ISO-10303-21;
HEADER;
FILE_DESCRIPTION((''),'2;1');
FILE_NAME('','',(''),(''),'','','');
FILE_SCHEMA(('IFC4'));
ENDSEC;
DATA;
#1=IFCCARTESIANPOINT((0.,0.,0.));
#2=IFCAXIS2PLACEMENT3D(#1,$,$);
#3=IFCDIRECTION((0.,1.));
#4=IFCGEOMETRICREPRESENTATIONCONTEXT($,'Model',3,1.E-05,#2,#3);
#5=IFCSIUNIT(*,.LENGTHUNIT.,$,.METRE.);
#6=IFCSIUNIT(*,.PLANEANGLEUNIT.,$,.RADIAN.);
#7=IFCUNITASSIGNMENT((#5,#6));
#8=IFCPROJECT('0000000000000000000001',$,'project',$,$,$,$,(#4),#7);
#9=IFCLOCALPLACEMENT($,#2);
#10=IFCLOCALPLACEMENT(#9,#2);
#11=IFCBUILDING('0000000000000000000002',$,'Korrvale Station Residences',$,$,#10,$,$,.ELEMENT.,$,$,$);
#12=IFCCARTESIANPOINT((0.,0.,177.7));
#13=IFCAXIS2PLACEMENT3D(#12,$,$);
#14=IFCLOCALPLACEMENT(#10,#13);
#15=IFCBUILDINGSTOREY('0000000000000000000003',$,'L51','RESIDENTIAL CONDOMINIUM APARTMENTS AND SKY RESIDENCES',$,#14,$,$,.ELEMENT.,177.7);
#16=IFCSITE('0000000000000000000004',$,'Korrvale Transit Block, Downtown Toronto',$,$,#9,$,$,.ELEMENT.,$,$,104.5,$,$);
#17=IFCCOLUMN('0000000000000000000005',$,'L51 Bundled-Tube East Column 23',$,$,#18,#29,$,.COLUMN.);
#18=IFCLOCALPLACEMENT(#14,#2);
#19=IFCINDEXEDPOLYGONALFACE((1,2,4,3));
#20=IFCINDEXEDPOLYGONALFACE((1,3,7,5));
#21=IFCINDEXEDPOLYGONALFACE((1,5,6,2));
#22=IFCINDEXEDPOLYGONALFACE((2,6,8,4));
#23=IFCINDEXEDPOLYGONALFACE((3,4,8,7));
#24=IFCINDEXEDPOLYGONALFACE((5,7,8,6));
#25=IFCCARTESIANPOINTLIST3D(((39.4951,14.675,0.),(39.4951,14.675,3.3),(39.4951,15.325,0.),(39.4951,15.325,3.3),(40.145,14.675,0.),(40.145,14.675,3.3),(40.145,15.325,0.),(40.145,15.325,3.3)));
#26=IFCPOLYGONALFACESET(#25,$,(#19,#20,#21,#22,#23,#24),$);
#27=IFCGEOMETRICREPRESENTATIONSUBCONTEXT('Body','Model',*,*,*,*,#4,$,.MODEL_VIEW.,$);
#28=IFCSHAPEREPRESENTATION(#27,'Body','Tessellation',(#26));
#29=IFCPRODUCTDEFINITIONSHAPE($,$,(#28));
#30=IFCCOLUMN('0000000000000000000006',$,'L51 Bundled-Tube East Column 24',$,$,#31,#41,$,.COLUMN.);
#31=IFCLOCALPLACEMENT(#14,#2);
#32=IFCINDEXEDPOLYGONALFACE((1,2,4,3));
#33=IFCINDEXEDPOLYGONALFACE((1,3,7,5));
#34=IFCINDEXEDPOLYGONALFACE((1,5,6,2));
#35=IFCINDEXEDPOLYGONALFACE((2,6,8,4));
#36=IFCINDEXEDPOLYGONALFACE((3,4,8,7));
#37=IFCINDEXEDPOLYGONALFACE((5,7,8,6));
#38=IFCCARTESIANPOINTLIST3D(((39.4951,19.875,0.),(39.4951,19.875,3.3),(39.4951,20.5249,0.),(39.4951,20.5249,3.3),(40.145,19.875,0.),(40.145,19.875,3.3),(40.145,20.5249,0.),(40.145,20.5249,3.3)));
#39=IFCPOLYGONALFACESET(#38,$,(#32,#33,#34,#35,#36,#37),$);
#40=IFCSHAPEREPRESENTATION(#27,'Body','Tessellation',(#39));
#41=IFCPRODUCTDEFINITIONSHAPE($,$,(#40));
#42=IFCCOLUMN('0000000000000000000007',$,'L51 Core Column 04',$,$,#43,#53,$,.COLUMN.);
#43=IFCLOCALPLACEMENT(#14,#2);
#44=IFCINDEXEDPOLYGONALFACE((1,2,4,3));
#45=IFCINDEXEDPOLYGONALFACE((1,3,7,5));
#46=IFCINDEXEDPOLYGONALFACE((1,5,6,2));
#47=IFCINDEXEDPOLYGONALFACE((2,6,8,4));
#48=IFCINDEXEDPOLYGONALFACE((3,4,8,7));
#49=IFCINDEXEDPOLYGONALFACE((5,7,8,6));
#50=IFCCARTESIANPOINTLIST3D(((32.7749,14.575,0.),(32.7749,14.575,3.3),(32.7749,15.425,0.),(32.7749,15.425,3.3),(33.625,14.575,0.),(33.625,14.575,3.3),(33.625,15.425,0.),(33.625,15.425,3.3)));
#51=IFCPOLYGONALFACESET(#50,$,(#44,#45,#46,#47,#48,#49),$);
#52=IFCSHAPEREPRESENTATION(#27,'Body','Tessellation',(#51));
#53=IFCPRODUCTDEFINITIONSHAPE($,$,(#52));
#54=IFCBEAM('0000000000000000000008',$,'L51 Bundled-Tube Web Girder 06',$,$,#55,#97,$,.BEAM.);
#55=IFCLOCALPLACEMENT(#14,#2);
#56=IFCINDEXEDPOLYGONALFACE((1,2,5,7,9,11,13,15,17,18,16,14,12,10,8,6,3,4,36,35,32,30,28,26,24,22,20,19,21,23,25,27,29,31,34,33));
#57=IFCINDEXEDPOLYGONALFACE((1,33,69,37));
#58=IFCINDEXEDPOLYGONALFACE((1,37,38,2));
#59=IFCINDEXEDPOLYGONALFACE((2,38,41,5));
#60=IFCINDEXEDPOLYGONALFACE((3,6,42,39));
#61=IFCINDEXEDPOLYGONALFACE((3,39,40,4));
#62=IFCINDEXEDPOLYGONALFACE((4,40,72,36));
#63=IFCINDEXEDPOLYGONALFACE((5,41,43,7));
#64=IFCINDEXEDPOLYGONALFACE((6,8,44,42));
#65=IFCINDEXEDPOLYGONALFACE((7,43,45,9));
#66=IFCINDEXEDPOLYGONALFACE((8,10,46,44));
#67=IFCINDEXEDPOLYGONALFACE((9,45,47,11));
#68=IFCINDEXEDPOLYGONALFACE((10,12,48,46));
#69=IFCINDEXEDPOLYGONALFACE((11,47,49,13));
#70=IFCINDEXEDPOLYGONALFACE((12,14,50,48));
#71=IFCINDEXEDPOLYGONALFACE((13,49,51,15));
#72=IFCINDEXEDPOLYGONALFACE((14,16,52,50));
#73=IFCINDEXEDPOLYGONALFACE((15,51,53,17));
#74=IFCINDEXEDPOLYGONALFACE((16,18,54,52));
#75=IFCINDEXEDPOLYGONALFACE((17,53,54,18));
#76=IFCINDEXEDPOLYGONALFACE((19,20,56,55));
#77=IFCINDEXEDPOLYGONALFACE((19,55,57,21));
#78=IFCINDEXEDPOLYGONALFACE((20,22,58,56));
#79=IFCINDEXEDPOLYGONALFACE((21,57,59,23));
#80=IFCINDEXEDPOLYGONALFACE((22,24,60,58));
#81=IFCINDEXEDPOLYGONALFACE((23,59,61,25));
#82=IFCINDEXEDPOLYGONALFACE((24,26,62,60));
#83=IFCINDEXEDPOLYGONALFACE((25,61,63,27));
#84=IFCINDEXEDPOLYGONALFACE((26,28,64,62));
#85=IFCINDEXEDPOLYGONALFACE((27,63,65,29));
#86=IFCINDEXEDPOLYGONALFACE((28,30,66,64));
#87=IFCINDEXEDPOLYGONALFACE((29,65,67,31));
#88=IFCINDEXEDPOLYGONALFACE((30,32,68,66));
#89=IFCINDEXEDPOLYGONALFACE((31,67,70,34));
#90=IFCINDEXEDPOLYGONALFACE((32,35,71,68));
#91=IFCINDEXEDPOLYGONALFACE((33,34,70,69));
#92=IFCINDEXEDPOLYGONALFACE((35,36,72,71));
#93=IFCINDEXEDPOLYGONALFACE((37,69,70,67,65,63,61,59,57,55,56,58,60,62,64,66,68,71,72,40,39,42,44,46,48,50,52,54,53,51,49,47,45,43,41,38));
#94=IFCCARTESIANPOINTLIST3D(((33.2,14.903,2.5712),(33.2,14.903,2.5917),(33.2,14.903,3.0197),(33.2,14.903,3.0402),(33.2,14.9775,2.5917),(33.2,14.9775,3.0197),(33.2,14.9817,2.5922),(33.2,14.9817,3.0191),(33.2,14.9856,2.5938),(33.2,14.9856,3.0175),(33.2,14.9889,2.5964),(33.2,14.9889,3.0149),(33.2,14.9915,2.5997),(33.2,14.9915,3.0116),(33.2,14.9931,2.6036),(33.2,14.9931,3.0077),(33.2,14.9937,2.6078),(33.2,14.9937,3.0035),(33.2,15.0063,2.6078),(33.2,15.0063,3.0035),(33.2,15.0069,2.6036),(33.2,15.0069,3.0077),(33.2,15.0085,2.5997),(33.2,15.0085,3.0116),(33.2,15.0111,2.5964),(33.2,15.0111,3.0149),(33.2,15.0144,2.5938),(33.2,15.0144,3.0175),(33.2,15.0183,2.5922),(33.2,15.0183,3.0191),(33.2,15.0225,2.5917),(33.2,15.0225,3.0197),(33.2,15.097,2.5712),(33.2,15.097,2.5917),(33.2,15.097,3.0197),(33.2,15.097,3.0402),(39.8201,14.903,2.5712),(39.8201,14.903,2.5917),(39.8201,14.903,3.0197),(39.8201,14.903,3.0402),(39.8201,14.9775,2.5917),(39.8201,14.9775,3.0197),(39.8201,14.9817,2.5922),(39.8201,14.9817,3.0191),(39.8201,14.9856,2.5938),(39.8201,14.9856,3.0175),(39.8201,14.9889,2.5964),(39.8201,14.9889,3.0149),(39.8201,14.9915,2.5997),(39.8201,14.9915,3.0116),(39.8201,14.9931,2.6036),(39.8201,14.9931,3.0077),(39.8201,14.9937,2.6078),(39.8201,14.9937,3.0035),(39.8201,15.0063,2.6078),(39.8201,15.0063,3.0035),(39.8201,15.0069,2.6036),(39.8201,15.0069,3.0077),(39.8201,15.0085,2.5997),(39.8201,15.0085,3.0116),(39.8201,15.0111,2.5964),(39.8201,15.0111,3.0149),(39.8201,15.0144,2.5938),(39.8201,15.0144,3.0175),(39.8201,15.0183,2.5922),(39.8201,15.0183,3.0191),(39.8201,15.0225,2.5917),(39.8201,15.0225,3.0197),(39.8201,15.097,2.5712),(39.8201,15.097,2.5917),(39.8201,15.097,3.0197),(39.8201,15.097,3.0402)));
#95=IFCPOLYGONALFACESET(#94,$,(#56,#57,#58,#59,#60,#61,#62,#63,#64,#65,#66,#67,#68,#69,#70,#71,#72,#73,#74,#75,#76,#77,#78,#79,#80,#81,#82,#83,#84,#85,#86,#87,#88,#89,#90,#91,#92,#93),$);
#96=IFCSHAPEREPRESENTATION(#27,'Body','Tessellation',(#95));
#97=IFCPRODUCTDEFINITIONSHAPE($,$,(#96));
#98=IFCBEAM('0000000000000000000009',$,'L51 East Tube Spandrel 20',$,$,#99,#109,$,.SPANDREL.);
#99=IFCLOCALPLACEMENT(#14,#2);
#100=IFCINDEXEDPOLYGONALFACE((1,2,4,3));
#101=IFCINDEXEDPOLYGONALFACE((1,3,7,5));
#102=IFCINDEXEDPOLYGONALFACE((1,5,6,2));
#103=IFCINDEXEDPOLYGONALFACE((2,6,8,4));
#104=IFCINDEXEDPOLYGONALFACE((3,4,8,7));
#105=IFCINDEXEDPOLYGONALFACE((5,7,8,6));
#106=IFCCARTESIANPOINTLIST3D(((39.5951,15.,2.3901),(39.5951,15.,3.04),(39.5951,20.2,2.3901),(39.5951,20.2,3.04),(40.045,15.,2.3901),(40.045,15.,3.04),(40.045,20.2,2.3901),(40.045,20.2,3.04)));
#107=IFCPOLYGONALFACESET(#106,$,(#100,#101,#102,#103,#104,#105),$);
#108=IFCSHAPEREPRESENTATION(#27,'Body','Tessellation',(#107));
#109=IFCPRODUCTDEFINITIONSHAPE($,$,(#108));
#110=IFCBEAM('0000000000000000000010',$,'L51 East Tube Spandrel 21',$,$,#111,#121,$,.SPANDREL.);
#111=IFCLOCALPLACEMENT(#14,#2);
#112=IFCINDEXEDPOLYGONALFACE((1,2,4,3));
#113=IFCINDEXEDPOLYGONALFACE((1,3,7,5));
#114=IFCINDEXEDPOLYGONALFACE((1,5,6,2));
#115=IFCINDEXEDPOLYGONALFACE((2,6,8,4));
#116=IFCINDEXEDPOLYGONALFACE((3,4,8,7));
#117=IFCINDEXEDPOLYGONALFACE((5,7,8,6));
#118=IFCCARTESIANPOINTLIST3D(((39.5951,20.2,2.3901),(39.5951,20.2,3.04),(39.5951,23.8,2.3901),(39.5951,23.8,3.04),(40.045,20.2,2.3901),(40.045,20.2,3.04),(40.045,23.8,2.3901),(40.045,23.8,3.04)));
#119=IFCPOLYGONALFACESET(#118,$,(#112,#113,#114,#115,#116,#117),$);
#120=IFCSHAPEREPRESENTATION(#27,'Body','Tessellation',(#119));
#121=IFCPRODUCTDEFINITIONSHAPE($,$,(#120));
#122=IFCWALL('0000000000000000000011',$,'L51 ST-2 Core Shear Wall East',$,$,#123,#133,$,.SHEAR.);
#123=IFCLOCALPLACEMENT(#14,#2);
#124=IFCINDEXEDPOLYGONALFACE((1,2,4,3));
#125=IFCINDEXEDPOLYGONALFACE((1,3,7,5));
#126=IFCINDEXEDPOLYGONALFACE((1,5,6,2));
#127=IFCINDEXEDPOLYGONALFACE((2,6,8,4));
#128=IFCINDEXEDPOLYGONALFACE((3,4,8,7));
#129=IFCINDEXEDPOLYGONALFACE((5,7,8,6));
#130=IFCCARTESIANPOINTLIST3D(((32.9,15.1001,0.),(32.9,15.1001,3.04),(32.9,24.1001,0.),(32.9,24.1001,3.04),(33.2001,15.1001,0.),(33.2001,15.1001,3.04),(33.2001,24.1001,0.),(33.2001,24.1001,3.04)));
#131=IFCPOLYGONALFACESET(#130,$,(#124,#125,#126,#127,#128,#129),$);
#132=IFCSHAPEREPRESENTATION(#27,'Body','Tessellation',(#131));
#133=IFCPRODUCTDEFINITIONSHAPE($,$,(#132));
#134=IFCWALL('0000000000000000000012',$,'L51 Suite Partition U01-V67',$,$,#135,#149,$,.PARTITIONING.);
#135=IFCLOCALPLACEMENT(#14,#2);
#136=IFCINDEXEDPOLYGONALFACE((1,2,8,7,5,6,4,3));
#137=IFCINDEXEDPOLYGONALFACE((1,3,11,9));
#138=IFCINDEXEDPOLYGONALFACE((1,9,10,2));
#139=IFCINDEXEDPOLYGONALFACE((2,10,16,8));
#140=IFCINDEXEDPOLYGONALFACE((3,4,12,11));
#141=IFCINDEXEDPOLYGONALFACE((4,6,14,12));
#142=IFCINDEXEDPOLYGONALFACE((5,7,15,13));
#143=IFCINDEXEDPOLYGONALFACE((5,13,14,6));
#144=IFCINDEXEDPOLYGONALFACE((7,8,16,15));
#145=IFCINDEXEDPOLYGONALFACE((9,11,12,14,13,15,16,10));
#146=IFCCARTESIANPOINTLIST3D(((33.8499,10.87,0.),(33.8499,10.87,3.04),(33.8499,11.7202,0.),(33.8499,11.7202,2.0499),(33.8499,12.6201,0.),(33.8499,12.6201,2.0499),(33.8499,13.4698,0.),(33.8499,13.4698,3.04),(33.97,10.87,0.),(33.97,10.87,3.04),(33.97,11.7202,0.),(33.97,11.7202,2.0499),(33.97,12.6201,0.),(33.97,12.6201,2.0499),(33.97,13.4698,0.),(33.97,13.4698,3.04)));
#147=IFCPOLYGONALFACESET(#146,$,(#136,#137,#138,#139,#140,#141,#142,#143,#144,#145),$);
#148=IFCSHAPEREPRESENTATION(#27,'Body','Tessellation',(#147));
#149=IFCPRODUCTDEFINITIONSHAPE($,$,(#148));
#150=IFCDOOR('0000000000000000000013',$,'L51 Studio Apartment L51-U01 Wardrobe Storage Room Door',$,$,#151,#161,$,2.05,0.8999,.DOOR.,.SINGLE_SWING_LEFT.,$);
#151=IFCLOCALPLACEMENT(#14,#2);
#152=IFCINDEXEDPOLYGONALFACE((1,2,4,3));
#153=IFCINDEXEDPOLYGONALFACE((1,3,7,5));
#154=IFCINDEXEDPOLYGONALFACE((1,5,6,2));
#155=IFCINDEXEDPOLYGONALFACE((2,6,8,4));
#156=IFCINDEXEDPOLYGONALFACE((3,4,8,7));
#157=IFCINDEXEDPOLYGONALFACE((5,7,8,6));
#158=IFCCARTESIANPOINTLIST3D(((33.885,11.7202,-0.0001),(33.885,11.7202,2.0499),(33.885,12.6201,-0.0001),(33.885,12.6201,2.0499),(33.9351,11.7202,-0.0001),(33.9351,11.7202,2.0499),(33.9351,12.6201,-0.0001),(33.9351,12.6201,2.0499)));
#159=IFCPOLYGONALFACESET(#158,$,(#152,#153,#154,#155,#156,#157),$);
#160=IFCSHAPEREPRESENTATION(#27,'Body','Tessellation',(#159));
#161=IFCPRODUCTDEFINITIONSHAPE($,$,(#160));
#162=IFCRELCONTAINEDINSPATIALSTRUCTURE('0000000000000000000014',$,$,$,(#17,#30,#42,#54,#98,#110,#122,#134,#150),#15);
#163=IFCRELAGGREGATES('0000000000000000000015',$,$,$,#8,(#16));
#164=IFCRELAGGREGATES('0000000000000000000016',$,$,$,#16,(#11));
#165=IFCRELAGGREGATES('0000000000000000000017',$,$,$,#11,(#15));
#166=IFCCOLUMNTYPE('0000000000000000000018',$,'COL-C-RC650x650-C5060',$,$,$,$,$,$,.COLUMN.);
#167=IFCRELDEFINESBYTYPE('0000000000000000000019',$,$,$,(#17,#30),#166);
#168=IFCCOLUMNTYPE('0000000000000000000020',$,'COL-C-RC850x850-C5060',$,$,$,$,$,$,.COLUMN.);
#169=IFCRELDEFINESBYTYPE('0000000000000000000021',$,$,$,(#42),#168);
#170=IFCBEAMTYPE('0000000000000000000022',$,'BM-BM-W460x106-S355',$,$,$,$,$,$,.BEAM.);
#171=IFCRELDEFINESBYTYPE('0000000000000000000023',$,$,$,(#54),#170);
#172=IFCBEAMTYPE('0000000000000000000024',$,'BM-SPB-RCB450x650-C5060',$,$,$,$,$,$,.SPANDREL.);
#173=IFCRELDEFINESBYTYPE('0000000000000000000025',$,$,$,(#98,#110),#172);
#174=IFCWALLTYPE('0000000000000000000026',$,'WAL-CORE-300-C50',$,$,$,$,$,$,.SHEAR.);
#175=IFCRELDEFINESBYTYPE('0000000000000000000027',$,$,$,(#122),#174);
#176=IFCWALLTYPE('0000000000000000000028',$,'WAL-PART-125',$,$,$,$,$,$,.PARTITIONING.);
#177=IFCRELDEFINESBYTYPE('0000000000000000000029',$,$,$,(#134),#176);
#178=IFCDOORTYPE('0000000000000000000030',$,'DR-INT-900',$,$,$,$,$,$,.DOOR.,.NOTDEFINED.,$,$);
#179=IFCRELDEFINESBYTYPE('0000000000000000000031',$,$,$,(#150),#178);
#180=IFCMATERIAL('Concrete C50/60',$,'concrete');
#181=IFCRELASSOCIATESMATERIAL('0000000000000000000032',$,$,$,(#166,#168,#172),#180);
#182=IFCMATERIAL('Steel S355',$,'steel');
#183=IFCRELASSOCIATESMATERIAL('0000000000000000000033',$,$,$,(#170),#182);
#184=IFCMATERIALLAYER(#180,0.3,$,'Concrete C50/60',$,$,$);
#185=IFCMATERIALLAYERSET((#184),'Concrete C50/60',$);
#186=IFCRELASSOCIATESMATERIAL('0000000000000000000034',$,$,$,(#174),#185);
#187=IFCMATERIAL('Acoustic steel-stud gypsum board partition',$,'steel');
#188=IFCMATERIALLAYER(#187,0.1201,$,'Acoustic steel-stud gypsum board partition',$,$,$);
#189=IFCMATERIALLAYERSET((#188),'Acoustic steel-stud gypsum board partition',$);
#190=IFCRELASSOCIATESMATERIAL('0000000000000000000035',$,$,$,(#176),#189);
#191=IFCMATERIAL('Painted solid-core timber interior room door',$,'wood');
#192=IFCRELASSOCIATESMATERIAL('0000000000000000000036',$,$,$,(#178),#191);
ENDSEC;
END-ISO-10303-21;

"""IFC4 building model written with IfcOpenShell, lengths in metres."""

from ifc_helpers import new_model, si_unit, direction, frame, frame_2d, origin, origin_2d, place, context, subcontext, project, spatial, rectangle, i_section, extrude, material, layer, layer_set, material_profile, profile_set, type_object, element, fill, save


model = new_model("IFC4")

# Units and contexts
model_context = context("Model", 3, precision=1e-05, world=origin(), true_north=direction((0.0, 1.0)))
body_context = subcontext(model_context, "Body", "Model", "MODEL_VIEW")
ifc_project = project(units=[si_unit("LENGTHUNIT", "METRE"), si_unit("PLANEANGLEUNIT", "RADIAN")], contexts=[model_context])

# Site, building, storey
site_placement = place(None, origin())
site = spatial("IfcSite", under=ifc_project, at=site_placement, Name="Korrvale Transit Block, Downtown Toronto", CompositionType="ELEMENT", RefElevation=104.5)
building_placement = place(site_placement, origin())
building = spatial("IfcBuilding", under=site, at=building_placement, Name="Korrvale Station Residences", CompositionType="ELEMENT")
storey_placement = place(building_placement, frame((0.0, 0.0, 177.7)))
storey = spatial("IfcBuildingStorey", under=building, at=storey_placement, Name="L51", Description="RESIDENTIAL CONDOMINIUM APARTMENTS AND SKY RESIDENCES", CompositionType="ELEMENT", Elevation=177.7)

# Columns
ifc_material_1 = material(Name="Concrete C50/60", Category="concrete")
ifc_material_profile_1 = material_profile(ifc_material_1, rectangle(XDim=0.6499, YDim=0.6499, at=origin_2d()), Name="RC650x650")
ifc_profile_set_1 = profile_set([ifc_material_profile_1], Name="Concrete C50/60")
column_type_1 = type_object("IfcColumnType", Name="COL-C-RC650x650-C5060", PredefinedType="COLUMN", material=ifc_profile_set_1)
for number, where, z_axis, x_axis, name in (
    (1, (39.8201, 15.0, 0.0), (0.0, 0.0, 1.0), (1.0, 0.0, 0.0), "L51 Bundled-Tube East Column 23"),
    (2, (39.8201, 20.2, 0.0), (0.0, 0.0, 1.0), (1.0, 0.0, 0.0), "L51 Bundled-Tube East Column 24"),
):
    element("IfcColumn", number, at=place(storey_placement, frame(where, z_axis=z_axis, x_axis=x_axis)), inside=storey, type_object=column_type_1, Name=name, PredefinedType="COLUMN", context=body_context, shape_type="SweptSolid", body=[
        extrude(rectangle(XDim=0.6499, YDim=0.6499, at=origin_2d()), origin(), (0.0, 0.0, 1.0), 3.3),
    ])
ifc_material_profile_2 = material_profile(ifc_material_1, rectangle(XDim=0.8501, YDim=0.8501, at=origin_2d()), Name="RC850x850")
ifc_profile_set_2 = profile_set([ifc_material_profile_2], Name="Concrete C50/60")
column_type_2 = type_object("IfcColumnType", Name="COL-C-RC850x850-C5060", PredefinedType="COLUMN", material=ifc_profile_set_2)
column_placement = place(storey_placement, frame((33.2, 15.0, 0.0), z_axis=(0.0, 0.0, 1.0), x_axis=(1.0, 0.0, 0.0)))
element("IfcColumn", 3, at=column_placement, inside=storey, type_object=column_type_2, Name="L51 Core Column 04", PredefinedType="COLUMN", context=body_context, shape_type="SweptSolid", body=[
    extrude(rectangle(XDim=0.8501, YDim=0.8501, at=origin_2d()), origin(), (0.0, 0.0, 1.0), 3.3),
])

# Beams
ifc_material_2 = material(Name="Steel S355", Category="steel")
ifc_material_profile_3 = material_profile(ifc_material_2, i_section(OverallWidth=0.1941, OverallDepth=0.469, WebThickness=0.0127, FlangeThickness=0.0205, FilletRadius=0.0161, at=origin_2d()), Name="W460x106")
ifc_profile_set_3 = profile_set([ifc_material_profile_3], Name="Steel S355")
beam_type_1 = type_object("IfcBeamType", Name="BM-BM-W460x106-S355", PredefinedType="BEAM", material=ifc_profile_set_3)
beam_1_placement = place(storey_placement, frame((33.2, 15.0, 2.8057), z_axis=(1.0, 0.0, 0.0), x_axis=(0.0, 1.0, 0.0)))
element("IfcBeam", 4, at=beam_1_placement, inside=storey, type_object=beam_type_1, Name="L51 Bundled-Tube Web Girder 06", PredefinedType="BEAM", context=body_context, shape_type="SweptSolid", body=[
    extrude(i_section(OverallWidth=0.1941, OverallDepth=0.469, WebThickness=0.0127, FlangeThickness=0.0205, FilletRadius=0.0161, at=origin_2d()), origin(), (0.0, 0.0, 1.0), 6.6201),
])
ifc_material_profile_4 = material_profile(ifc_material_1, rectangle(XDim=0.45, YDim=0.6499, at=origin_2d()), Name="RCB450x650")
ifc_profile_set_4 = profile_set([ifc_material_profile_4], Name="Concrete C50/60")
beam_type_2 = type_object("IfcBeamType", Name="BM-SPB-RCB450x650-C5060", PredefinedType="SPANDREL", material=ifc_profile_set_4)
beam_2_placement = place(storey_placement, frame((39.8201, 15.0, 2.7151), z_axis=(0.0, 1.0, 0.0), x_axis=(-1.0, 0.0, 0.0)))
element("IfcBeam", 5, at=beam_2_placement, inside=storey, type_object=beam_type_2, Name="L51 East Tube Spandrel 20", PredefinedType="SPANDREL", context=body_context, shape_type="SweptSolid", body=[
    extrude(rectangle(XDim=0.45, YDim=0.6499, at=origin_2d()), origin(), (0.0, 0.0, 1.0), 5.2),
])
beam_3_placement = place(storey_placement, frame((39.8201, 20.2, 2.7151), z_axis=(0.0, 1.0, 0.0), x_axis=(-1.0, 0.0, 0.0)))
element("IfcBeam", 6, at=beam_3_placement, inside=storey, type_object=beam_type_2, Name="L51 East Tube Spandrel 21", PredefinedType="SPANDREL", context=body_context, shape_type="SweptSolid", body=[
    extrude(rectangle(XDim=0.45, YDim=0.6499, at=origin_2d()), origin(), (0.0, 0.0, 1.0), 3.6001),
])

# Wall
ifc_layer_1 = layer(ifc_material_1, 0.3, Name="Concrete C50/60")
ifc_layer_set_1 = layer_set([ifc_layer_1], Name="Concrete C50/60")
wall_type_1 = type_object("IfcWallType", Name="WAL-CORE-300-C50", PredefinedType="SHEAR", material=ifc_layer_set_1)
wall_1_placement = place(storey_placement, frame((33.05, 15.1001, 0.0), z_axis=(0.0, 0.0, 1.0), x_axis=(0.0, 1.0, 0.0)))
element("IfcWall", 7, at=wall_1_placement, inside=storey, type_object=wall_type_1, Name="L51 ST-2 Core Shear Wall East", PredefinedType="SHEAR", context=body_context, shape_type="SweptSolid", body=[
    extrude(rectangle(XDim=9.0, YDim=0.3, at=frame_2d((4.5, 0.0))), origin(), (0.0, 0.0, 1.0), 3.04),
])

# Wall, opening, door
ifc_material_3 = material(Name="Acoustic steel-stud gypsum board partition", Category="steel")
ifc_layer_2 = layer(ifc_material_3, 0.1201, Name="Acoustic steel-stud gypsum board partition")
ifc_layer_set_2 = layer_set([ifc_layer_2], Name="Acoustic steel-stud gypsum board partition")
wall_type_2 = type_object("IfcWallType", Name="WAL-PART-125", PredefinedType="PARTITIONING", material=ifc_layer_set_2)
wall_2_placement = place(storey_placement, frame((33.9099, 10.8701, 0.0), z_axis=(0.0, 0.0, 1.0), x_axis=(0.0, 1.0, 0.0)))
wall_2 = element("IfcWall", 8, at=wall_2_placement, inside=storey, type_object=wall_type_2, Name="L51 Suite Partition U01-V67", PredefinedType="PARTITIONING", context=body_context, shape_type="SweptSolid", body=[
    extrude(rectangle(XDim=2.5999, YDim=0.1201, at=frame_2d((1.2998, 0.0))), origin(), (0.0, 0.0, 1.0), 3.04),
])
opening_1_placement = place(wall_2_placement, frame((0.8501, 0.0, 0.0)))
opening_1 = element("IfcOpeningElement", 9, at=opening_1_placement, cuts=wall_2, PredefinedType="OPENING", context=body_context, shape_type="SweptSolid", body=[
    extrude(rectangle(XDim=0.8999, YDim=2.05, at=frame_2d((0.45, 1.0249))), frame((0.0, 0.0701, 0.0), z_axis=(0.0, -1.0, 0.0), x_axis=(1.0, 0.0, 0.0)), (0.0, 0.0, 1.0), 0.1401),
])
ifc_material_4 = material(Name="Painted solid-core timber interior room door", Category="wood")
door_type_1 = type_object("IfcDoorType", Name="DR-INT-900", OperationType="NOTDEFINED", PredefinedType="DOOR", material=ifc_material_4)
door_1_placement = place(opening_1_placement, origin())
door_1 = element("IfcDoor", 10, at=door_1_placement, inside=storey, type_object=door_type_1, Name="L51 Studio Apartment L51-U01 Wardrobe Storage Room Door", OperationType="SINGLE_SWING_LEFT", OverallHeight=2.05, OverallWidth=0.8999, PredefinedType="DOOR", context=body_context, shape_type="SweptSolid", body=[
    extrude(rectangle(XDim=0.8999, YDim=2.05, at=frame_2d((0.45, 1.0249))), frame((0.0, 0.0249, 0.0), z_axis=(0.0, -1.0, 0.0), x_axis=(1.0, 0.0, 0.0)), (0.0, 0.0, 1.0), 0.05),
])
fill(opening_1, door_1)

save(model, "model.ifc")
